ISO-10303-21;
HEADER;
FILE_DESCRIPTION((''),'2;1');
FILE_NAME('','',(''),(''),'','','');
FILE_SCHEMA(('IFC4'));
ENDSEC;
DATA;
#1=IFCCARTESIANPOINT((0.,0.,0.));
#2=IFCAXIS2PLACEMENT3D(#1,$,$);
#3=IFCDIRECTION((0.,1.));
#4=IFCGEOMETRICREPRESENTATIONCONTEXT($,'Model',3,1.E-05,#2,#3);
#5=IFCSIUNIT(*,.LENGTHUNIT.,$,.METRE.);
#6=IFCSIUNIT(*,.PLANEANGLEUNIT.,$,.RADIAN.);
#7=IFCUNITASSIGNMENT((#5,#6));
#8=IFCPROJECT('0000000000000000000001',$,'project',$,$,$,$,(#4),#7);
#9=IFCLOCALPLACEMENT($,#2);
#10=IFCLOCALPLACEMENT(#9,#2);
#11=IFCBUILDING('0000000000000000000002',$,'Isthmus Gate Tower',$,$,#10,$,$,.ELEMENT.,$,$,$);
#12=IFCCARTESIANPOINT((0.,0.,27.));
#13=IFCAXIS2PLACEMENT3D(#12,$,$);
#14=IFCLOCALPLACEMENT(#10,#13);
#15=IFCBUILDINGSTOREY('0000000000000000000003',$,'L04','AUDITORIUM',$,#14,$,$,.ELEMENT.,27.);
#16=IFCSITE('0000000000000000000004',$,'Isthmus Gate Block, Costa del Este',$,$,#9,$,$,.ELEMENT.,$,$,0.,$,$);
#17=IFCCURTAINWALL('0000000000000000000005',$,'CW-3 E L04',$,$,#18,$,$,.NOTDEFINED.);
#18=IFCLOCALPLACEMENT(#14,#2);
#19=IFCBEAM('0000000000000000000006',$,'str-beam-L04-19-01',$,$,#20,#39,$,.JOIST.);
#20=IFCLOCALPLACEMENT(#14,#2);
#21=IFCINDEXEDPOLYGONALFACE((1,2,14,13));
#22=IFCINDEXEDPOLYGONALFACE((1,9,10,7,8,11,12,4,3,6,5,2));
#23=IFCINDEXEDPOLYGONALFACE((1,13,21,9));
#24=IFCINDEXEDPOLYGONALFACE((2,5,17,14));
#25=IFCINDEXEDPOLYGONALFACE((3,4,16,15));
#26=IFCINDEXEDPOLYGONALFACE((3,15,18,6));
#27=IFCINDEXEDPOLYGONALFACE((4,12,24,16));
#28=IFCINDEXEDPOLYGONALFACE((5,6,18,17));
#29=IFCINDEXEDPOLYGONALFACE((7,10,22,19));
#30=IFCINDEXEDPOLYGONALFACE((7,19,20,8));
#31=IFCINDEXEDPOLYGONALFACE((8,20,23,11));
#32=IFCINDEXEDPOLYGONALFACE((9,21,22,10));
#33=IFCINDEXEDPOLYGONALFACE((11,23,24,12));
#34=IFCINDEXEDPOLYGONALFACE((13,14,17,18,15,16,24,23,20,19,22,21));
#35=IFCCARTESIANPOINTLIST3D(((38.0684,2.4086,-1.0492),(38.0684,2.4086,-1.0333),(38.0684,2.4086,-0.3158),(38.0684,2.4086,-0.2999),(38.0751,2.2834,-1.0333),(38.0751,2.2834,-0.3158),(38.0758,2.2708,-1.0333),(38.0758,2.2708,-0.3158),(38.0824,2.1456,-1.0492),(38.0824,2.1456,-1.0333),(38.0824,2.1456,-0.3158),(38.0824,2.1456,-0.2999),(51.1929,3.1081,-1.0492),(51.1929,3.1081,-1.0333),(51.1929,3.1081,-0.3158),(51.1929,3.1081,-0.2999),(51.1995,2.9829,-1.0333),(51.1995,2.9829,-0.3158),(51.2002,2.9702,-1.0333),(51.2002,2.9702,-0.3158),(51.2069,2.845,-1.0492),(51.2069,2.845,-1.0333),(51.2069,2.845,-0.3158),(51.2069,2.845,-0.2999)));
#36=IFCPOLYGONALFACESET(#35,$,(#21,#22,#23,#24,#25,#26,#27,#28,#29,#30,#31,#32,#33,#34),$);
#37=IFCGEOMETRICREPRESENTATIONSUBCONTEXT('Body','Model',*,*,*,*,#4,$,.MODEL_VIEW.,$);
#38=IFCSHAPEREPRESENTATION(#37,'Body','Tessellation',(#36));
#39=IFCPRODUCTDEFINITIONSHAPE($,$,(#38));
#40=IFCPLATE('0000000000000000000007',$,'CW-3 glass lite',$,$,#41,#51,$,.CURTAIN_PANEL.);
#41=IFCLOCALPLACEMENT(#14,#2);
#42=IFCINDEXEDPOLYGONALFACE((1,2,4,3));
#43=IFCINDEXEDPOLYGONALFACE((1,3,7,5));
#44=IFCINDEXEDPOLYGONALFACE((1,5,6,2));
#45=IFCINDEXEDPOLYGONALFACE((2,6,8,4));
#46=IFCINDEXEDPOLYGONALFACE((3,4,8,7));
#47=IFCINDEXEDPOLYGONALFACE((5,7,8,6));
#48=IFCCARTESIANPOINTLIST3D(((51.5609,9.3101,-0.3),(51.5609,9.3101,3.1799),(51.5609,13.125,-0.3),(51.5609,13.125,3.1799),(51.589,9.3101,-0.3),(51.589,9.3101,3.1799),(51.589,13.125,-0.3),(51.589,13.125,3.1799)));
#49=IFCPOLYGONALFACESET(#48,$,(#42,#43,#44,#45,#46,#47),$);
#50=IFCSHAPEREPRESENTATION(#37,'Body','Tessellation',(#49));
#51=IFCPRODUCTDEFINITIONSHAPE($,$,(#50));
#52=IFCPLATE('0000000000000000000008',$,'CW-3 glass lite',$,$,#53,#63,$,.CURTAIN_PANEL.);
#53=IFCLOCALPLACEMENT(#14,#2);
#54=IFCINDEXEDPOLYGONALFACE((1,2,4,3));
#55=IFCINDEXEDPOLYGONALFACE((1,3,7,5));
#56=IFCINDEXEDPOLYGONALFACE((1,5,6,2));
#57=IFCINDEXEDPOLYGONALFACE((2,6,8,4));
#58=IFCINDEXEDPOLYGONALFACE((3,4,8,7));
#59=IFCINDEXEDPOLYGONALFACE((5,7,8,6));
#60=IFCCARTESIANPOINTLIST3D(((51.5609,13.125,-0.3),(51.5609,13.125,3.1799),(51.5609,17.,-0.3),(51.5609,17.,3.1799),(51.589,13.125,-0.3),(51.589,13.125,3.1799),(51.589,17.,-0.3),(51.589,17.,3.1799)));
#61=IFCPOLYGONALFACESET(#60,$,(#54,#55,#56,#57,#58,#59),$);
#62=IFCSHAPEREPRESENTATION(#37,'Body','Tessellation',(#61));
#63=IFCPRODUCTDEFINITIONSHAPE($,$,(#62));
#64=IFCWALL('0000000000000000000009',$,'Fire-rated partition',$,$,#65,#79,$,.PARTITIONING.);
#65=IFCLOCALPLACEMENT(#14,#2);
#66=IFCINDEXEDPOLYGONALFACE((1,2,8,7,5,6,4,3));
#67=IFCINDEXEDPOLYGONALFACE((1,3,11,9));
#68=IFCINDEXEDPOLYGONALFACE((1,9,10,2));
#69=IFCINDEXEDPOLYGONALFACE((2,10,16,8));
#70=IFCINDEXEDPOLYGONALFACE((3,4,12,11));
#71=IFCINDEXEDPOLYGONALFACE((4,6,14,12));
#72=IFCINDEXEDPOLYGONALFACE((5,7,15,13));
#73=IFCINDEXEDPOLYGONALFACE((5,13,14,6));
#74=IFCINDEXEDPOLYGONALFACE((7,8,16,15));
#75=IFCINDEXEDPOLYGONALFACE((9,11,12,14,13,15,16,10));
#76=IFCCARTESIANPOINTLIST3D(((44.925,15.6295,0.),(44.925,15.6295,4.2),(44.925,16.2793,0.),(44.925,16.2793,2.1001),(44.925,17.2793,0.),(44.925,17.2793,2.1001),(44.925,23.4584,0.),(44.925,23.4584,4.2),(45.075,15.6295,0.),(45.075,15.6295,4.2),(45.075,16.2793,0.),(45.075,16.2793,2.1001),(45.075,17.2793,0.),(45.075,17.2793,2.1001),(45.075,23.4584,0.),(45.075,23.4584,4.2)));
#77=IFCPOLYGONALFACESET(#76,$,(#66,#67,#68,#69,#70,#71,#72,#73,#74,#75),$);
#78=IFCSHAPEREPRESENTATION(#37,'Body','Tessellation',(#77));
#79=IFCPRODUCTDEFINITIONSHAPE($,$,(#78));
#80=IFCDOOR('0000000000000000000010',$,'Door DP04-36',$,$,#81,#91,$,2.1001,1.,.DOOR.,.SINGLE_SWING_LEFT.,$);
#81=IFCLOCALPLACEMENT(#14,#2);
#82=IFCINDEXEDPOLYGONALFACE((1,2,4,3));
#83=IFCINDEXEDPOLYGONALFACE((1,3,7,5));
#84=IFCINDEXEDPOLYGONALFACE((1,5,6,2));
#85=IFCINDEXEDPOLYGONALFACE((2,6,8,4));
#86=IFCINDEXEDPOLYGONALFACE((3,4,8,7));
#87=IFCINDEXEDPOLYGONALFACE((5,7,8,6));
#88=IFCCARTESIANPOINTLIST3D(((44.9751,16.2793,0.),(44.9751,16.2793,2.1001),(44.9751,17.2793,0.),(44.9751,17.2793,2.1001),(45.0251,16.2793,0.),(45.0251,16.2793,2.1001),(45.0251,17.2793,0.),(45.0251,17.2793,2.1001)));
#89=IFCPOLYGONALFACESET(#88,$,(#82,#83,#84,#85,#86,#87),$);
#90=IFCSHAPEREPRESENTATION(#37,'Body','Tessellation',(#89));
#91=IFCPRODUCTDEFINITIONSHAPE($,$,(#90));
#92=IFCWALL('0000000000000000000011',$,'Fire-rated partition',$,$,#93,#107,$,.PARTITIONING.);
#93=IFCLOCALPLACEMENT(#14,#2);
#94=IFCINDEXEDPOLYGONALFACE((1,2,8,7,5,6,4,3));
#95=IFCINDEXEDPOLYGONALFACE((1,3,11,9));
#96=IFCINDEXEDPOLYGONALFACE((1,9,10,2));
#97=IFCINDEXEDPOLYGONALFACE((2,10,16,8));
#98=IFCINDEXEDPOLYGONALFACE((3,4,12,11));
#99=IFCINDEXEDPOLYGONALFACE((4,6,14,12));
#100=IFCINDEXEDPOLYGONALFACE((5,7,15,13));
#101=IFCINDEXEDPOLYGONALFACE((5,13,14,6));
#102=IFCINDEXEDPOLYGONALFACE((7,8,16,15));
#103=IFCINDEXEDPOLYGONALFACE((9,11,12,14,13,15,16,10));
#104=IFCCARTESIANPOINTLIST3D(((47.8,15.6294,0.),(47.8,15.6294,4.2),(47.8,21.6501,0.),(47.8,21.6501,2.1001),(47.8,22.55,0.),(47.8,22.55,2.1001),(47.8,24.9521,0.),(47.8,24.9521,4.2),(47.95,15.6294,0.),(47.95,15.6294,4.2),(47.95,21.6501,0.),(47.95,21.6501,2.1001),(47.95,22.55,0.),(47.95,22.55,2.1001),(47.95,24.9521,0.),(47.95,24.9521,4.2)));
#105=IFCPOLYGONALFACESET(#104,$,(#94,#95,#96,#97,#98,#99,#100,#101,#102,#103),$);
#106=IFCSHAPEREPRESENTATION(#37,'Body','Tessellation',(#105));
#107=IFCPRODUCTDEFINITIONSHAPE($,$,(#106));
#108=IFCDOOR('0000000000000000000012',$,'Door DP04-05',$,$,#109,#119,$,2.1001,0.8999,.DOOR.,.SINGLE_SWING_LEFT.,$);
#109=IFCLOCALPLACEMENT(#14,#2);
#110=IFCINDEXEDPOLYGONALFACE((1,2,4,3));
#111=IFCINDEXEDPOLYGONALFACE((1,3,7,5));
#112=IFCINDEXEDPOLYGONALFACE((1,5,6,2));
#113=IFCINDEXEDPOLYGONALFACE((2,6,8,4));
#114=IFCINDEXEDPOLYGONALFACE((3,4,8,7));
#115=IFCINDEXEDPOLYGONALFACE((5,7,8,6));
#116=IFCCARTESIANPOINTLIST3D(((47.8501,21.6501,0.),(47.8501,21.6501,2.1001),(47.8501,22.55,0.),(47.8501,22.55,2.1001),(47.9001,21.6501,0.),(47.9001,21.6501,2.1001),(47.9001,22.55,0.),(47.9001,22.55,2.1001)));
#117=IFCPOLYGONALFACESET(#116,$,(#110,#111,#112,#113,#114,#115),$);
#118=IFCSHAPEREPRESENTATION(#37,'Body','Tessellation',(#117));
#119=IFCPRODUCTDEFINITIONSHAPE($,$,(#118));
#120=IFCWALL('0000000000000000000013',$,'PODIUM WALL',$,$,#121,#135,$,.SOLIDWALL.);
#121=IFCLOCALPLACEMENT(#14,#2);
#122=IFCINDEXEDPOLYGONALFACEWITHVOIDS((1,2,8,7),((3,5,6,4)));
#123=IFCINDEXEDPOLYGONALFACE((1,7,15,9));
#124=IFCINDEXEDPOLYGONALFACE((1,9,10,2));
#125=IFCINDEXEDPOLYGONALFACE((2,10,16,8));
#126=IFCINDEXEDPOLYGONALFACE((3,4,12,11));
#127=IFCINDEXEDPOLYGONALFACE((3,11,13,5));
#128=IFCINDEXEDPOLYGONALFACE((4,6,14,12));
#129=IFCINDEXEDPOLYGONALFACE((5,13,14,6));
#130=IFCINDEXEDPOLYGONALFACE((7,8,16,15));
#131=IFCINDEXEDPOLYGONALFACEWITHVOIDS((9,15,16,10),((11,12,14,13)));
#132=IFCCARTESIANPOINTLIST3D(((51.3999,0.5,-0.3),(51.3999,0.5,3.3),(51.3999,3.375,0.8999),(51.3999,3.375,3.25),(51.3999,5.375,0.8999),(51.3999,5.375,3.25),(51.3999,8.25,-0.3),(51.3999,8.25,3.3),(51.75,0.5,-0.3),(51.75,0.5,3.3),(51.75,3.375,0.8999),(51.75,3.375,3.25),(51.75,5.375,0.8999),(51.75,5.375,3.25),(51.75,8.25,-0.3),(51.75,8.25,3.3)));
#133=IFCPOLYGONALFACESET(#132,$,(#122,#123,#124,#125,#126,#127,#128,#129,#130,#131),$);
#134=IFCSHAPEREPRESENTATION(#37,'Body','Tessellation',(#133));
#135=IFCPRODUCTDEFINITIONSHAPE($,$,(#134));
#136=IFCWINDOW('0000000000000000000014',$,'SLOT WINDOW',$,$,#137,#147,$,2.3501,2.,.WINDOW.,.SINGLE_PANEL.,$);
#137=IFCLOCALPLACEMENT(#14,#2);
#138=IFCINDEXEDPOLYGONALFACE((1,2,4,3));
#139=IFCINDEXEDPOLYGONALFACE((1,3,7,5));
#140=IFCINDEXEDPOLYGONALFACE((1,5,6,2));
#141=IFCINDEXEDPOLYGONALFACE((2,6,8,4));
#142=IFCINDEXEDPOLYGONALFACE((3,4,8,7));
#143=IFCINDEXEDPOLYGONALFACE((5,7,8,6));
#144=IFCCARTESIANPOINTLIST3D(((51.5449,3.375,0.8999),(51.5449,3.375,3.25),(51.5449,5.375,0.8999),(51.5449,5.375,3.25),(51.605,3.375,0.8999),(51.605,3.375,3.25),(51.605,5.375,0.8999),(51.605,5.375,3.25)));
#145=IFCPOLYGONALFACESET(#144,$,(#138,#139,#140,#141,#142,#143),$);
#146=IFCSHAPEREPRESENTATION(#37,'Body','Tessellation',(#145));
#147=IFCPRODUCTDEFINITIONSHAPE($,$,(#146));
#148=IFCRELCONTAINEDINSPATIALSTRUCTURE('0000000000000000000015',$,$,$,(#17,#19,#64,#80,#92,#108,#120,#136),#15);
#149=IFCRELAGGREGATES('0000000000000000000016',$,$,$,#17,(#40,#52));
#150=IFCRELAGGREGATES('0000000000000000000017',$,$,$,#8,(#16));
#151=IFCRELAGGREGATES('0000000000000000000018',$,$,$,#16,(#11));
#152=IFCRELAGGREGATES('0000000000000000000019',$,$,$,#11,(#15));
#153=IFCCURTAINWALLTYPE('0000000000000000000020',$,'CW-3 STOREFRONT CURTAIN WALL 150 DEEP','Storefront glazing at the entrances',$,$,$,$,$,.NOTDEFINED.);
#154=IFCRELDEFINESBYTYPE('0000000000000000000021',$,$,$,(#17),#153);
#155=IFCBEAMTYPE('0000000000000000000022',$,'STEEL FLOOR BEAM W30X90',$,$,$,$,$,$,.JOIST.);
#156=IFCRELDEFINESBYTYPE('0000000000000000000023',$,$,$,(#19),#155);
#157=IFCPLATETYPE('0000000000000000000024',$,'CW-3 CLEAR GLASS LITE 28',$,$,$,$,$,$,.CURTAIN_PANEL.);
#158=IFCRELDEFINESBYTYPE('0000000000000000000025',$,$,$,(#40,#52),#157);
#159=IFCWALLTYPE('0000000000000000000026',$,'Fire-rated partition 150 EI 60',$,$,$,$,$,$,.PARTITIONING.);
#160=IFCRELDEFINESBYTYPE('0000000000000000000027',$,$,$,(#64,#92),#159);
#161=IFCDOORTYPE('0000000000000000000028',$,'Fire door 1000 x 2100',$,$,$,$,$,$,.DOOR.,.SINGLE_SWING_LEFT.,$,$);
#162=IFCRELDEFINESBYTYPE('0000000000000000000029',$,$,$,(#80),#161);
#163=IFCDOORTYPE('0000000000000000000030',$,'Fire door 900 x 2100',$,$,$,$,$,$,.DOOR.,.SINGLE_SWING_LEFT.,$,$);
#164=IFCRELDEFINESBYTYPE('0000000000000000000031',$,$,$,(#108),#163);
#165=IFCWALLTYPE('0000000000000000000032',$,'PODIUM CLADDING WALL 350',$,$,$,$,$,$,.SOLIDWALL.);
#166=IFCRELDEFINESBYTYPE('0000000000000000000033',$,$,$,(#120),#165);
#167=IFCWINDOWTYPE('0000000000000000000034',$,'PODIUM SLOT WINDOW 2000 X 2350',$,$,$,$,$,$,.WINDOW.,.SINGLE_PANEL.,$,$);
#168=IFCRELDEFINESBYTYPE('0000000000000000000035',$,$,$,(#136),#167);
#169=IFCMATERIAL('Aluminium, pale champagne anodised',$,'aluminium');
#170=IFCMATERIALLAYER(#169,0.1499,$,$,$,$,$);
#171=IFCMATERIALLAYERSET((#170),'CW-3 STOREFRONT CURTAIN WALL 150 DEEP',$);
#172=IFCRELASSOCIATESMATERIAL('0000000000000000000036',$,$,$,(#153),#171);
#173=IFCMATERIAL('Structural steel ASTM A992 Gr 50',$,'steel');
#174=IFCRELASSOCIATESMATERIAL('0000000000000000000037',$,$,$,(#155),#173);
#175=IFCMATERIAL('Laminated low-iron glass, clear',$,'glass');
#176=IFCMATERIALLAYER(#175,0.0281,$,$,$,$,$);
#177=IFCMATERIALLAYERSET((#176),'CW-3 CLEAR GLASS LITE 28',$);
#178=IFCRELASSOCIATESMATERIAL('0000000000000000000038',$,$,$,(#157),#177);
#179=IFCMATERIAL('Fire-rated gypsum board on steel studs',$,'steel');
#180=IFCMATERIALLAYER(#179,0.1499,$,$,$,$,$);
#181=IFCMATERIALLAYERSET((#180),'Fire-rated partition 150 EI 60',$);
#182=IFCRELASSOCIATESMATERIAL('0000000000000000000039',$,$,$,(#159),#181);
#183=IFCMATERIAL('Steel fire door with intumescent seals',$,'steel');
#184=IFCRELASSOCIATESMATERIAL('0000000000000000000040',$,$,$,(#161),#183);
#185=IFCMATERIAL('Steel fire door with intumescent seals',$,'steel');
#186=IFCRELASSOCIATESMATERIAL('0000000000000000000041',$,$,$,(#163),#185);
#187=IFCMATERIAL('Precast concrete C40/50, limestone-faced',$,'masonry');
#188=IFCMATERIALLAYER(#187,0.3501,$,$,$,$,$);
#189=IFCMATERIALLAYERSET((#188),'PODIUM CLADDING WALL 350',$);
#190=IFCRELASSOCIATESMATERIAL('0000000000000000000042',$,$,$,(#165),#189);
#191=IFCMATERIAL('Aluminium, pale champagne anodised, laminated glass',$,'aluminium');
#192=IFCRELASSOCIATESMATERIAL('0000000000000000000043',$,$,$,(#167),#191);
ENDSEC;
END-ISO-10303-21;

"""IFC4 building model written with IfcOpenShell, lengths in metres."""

from ifc_helpers import new_model, si_unit, direction, frame, frame_2d, origin, origin_2d, place, context, subcontext, project, spatial, rectangle, i_section, extrude, material, layer, layer_set, material_profile, profile_set, type_object, element, fill, aggregate, save


model = new_model("IFC4")

# Units and contexts
model_context = context("Model", 3, precision=1e-05, world=origin(), true_north=direction((0.0, 1.0)))
body_context = subcontext(model_context, "Body", "Model", "MODEL_VIEW")
ifc_project = project(units=[si_unit("LENGTHUNIT", "METRE"), si_unit("PLANEANGLEUNIT", "RADIAN")], contexts=[model_context])

# Site, building, storey
site_placement = place(None, origin())
site = spatial("IfcSite", under=ifc_project, at=site_placement, Name="Isthmus Gate Block, Costa del Este", CompositionType="ELEMENT", RefElevation=0.0)
building_placement = place(site_placement, origin())
building = spatial("IfcBuilding", under=site, at=building_placement, Name="Isthmus Gate Tower", CompositionType="ELEMENT")
storey_placement = place(building_placement, frame((0.0, 0.0, 27.0)))
storey = spatial("IfcBuildingStorey", under=building, at=storey_placement, Name="L04", Description="AUDITORIUM", CompositionType="ELEMENT", Elevation=27.0)

# Curtain wall
ifc_material_1 = material(Name="Aluminium, pale champagne anodised", Category="aluminium")
ifc_layer_1 = layer(ifc_material_1, 0.1499)
ifc_layer_set_1 = layer_set([ifc_layer_1], Name="CW-3 STOREFRONT CURTAIN WALL 150 DEEP")
curtain_wall_type = type_object("IfcCurtainWallType", Name="CW-3 STOREFRONT CURTAIN WALL 150 DEEP", Description="Storefront glazing at the entrances", PredefinedType="NOTDEFINED", material=ifc_layer_set_1)
curtain_wall_placement = place(storey_placement, origin())
curtain_wall = element("IfcCurtainWall", 1, at=curtain_wall_placement, inside=storey, type_object=curtain_wall_type, Name="CW-3 E L04", PredefinedType="NOTDEFINED")

# Beam
ifc_material_2 = material(Name="Structural steel ASTM A992 Gr 50", Category="steel")
ifc_material_profile_1 = material_profile(ifc_material_2, i_section(OverallWidth=0.2634, OverallDepth=0.7493, WebThickness=0.0127, FlangeThickness=0.0159, at=origin_2d()), Name="W30X90")
ifc_profile_set_1 = profile_set([ifc_material_profile_1], Name="Structural steel ASTM A992 Gr 50")
beam_type_1 = type_object("IfcBeamType", Name="STEEL FLOOR BEAM W30X90", PredefinedType="JOIST", material=ifc_profile_set_1)
beam_1_placement = place(storey_placement, frame((38.0754, 2.2771, -0.6746), z_axis=(0.998583, 0.053219, 0.0), x_axis=(-0.053219, 0.998583, 0.0)))
element("IfcBeam", 2, at=beam_1_placement, inside=storey, type_object=beam_type_1, Name="str-beam-L04-19-01", PredefinedType="JOIST", context=body_context, shape_type="SweptSolid", body=[
    extrude(i_section(OverallWidth=0.2634, OverallDepth=0.7493, WebThickness=0.0127, FlangeThickness=0.0159, at=origin_2d()), origin(), (0.0, 0.0, 1.0), 13.1431),
])

# Plates
ifc_material_3 = material(Name="Laminated low-iron glass, clear", Category="glass")
ifc_layer_2 = layer(ifc_material_3, 0.0281)
ifc_layer_set_2 = layer_set([ifc_layer_2], Name="CW-3 CLEAR GLASS LITE 28")
plate_type = type_object("IfcPlateType", Name="CW-3 CLEAR GLASS LITE 28", PredefinedType="CURTAIN_PANEL", material=ifc_layer_set_2)
plate_1_placement = place(storey_placement, frame((51.575, 11.2175, -0.3), z_axis=(0.0, 0.0, 1.0), x_axis=(0.0, 1.0, 0.0)))
plate_1 = element("IfcPlate", 3, at=plate_1_placement, type_object=plate_type, Name="CW-3 glass lite", PredefinedType="CURTAIN_PANEL", context=body_context, shape_type="SweptSolid", body=[
    extrude(rectangle(XDim=3.8149, YDim=0.0281, at=origin_2d()), origin(), (0.0, 0.0, 1.0), 3.48),
])
plate_2_placement = place(storey_placement, frame((51.575, 15.0625, -0.3), z_axis=(0.0, 0.0, 1.0), x_axis=(0.0, 1.0, 0.0)))
plate_2 = element("IfcPlate", 4, at=plate_2_placement, type_object=plate_type, Name="CW-3 glass lite", PredefinedType="CURTAIN_PANEL", context=body_context, shape_type="SweptSolid", body=[
    extrude(rectangle(XDim=3.875, YDim=0.0281, at=origin_2d()), origin(), (0.0, 0.0, 1.0), 3.48),
])
aggregate(curtain_wall, [plate_1, plate_2])

# Walls, openings, doors
ifc_material_4 = material(Name="Fire-rated gypsum board on steel studs", Category="steel")
ifc_layer_3 = layer(ifc_material_4, 0.1499)
ifc_layer_set_3 = layer_set([ifc_layer_3], Name="Fire-rated partition 150 EI 60")
wall_type_1 = type_object("IfcWallType", Name="Fire-rated partition 150 EI 60", PredefinedType="PARTITIONING", material=ifc_layer_set_3)
wall_1_placement = place(storey_placement, frame((45.0, 15.6294, 0.0), z_axis=(0.0, 0.0, 1.0), x_axis=(0.0, 1.0, 0.0)))
wall_1 = element("IfcWall", 5, at=wall_1_placement, inside=storey, type_object=wall_type_1, Name="Fire-rated partition", PredefinedType="PARTITIONING", context=body_context, shape_type="SweptSolid", body=[
    extrude(rectangle(XDim=7.8289, YDim=0.1499, at=frame_2d((3.9146, 0.0))), origin(), (0.0, 0.0, 1.0), 4.2),
])
opening_1_placement = place(wall_1_placement, frame((0.6499, 0.0, 0.0)))
opening_1 = element("IfcOpeningElement", 6, at=opening_1_placement, cuts=wall_1, PredefinedType="OPENING", context=body_context, shape_type="SweptSolid", body=[
    extrude(rectangle(XDim=1.0, YDim=2.1001, at=frame_2d((0.5, 1.05))), frame((0.0, 0.085, 0.0), z_axis=(0.0, -1.0, 0.0), x_axis=(1.0, 0.0, 0.0)), (0.0, 0.0, 1.0), 0.1699),
])
ifc_material_5 = material(Name="Steel fire door with intumescent seals", Category="steel")
door_type_1 = type_object("IfcDoorType", Name="Fire door 1000 x 2100", OperationType="SINGLE_SWING_LEFT", PredefinedType="DOOR", material=ifc_material_5)
door_1_placement = place(opening_1_placement, origin())
door_1 = element("IfcDoor", 7, at=door_1_placement, inside=storey, type_object=door_type_1, Name="Door DP04-36", OperationType="SINGLE_SWING_LEFT", OverallHeight=2.1001, OverallWidth=1.0, PredefinedType="DOOR", context=body_context, shape_type="SweptSolid", body=[
    extrude(rectangle(XDim=1.0, YDim=2.1001, at=frame_2d((0.5, 1.05))), frame((0.0, 0.0249, 0.0), z_axis=(0.0, -1.0, 0.0), x_axis=(1.0, 0.0, 0.0)), (0.0, 0.0, 1.0), 0.05),
])
fill(opening_1, door_1)
wall_2_placement = place(storey_placement, frame((47.875, 15.6294, 0.0), z_axis=(0.0, 0.0, 1.0), x_axis=(0.0, 1.0, 0.0)))
wall_2 = element("IfcWall", 8, at=wall_2_placement, inside=storey, type_object=wall_type_1, Name="Fire-rated partition", PredefinedType="PARTITIONING", context=body_context, shape_type="SweptSolid", body=[
    extrude(rectangle(XDim=9.3228, YDim=0.1499, at=frame_2d((4.6614, 0.0))), origin(), (0.0, 0.0, 1.0), 4.2),
])
opening_2_placement = place(wall_2_placement, frame((6.0208, 0.0, 0.0)))
opening_2 = element("IfcOpeningElement", 9, at=opening_2_placement, cuts=wall_2, PredefinedType="OPENING", context=body_context, shape_type="SweptSolid", body=[
    extrude(rectangle(XDim=0.8999, YDim=2.1001, at=frame_2d((0.45, 1.05))), frame((0.0, 0.085, 0.0), z_axis=(0.0, -1.0, 0.0), x_axis=(1.0, 0.0, 0.0)), (0.0, 0.0, 1.0), 0.1699),
])
ifc_material_6 = material(Name="Steel fire door with intumescent seals", Category="steel")
door_type_2 = type_object("IfcDoorType", Name="Fire door 900 x 2100", OperationType="SINGLE_SWING_LEFT", PredefinedType="DOOR", material=ifc_material_6)
door_2_placement = place(opening_2_placement, origin())
door_2 = element("IfcDoor", 10, at=door_2_placement, inside=storey, type_object=door_type_2, Name="Door DP04-05", OperationType="SINGLE_SWING_LEFT", OverallHeight=2.1001, OverallWidth=0.8999, PredefinedType="DOOR", context=body_context, shape_type="SweptSolid", body=[
    extrude(rectangle(XDim=0.8999, YDim=2.1001, at=frame_2d((0.45, 1.05))), frame((0.0, 0.0249, 0.0), z_axis=(0.0, -1.0, 0.0), x_axis=(1.0, 0.0, 0.0)), (0.0, 0.0, 1.0), 0.05),
])
fill(opening_2, door_2)

# Wall, opening, window
ifc_material_7 = material(Name="Precast concrete C40/50, limestone-faced", Category="masonry")
ifc_layer_4 = layer(ifc_material_7, 0.3501)
ifc_layer_set_4 = layer_set([ifc_layer_4], Name="PODIUM CLADDING WALL 350")
wall_type_2 = type_object("IfcWallType", Name="PODIUM CLADDING WALL 350", PredefinedType="SOLIDWALL", material=ifc_layer_set_4)
wall_3_placement = place(storey_placement, frame((51.575, 0.5, -0.3), z_axis=(0.0, 0.0, 1.0), x_axis=(0.0, 1.0, 0.0)))
wall_3 = element("IfcWall", 11, at=wall_3_placement, inside=storey, type_object=wall_type_2, Name="PODIUM WALL", PredefinedType="SOLIDWALL", context=body_context, shape_type="SweptSolid", body=[
    extrude(rectangle(XDim=7.75, YDim=0.3501, at=frame_2d((3.875, 0.0))), origin(), (0.0, 0.0, 1.0), 3.6001),
])
opening_3_placement = place(wall_3_placement, frame((2.875, 0.0, 1.2)))
opening_3 = element("IfcOpeningElement", 12, at=opening_3_placement, cuts=wall_3, PredefinedType="OPENING", context=body_context, shape_type="SweptSolid", body=[
    extrude(rectangle(XDim=2.0, YDim=2.3501, at=frame_2d((1.0, 1.175))), frame((0.0, 0.1851, 0.0), z_axis=(0.0, -1.0, 0.0), x_axis=(1.0, 0.0, 0.0)), (0.0, 0.0, 1.0), 0.3701),
])
ifc_material_8 = material(Name="Aluminium, pale champagne anodised, laminated glass", Category="aluminium")
window_type = type_object("IfcWindowType", Name="PODIUM SLOT WINDOW 2000 X 2350", PartitioningType="SINGLE_PANEL", PredefinedType="WINDOW", material=ifc_material_8)
window_placement = place(opening_3_placement, origin())
window = element("IfcWindow", 13, at=window_placement, inside=storey, type_object=window_type, Name="SLOT WINDOW", OverallHeight=2.3501, OverallWidth=2.0, PartitioningType="SINGLE_PANEL", PredefinedType="WINDOW", context=body_context, shape_type="SweptSolid", body=[
    extrude(rectangle(XDim=2.0, YDim=2.3501, at=frame_2d((1.0, 1.175))), frame((0.0, 0.03, 0.0), z_axis=(0.0, -1.0, 0.0), x_axis=(1.0, 0.0, 0.0)), (0.0, 0.0, 1.0), 0.0601),
])
fill(opening_3, window)

save(model, "model.ifc")
